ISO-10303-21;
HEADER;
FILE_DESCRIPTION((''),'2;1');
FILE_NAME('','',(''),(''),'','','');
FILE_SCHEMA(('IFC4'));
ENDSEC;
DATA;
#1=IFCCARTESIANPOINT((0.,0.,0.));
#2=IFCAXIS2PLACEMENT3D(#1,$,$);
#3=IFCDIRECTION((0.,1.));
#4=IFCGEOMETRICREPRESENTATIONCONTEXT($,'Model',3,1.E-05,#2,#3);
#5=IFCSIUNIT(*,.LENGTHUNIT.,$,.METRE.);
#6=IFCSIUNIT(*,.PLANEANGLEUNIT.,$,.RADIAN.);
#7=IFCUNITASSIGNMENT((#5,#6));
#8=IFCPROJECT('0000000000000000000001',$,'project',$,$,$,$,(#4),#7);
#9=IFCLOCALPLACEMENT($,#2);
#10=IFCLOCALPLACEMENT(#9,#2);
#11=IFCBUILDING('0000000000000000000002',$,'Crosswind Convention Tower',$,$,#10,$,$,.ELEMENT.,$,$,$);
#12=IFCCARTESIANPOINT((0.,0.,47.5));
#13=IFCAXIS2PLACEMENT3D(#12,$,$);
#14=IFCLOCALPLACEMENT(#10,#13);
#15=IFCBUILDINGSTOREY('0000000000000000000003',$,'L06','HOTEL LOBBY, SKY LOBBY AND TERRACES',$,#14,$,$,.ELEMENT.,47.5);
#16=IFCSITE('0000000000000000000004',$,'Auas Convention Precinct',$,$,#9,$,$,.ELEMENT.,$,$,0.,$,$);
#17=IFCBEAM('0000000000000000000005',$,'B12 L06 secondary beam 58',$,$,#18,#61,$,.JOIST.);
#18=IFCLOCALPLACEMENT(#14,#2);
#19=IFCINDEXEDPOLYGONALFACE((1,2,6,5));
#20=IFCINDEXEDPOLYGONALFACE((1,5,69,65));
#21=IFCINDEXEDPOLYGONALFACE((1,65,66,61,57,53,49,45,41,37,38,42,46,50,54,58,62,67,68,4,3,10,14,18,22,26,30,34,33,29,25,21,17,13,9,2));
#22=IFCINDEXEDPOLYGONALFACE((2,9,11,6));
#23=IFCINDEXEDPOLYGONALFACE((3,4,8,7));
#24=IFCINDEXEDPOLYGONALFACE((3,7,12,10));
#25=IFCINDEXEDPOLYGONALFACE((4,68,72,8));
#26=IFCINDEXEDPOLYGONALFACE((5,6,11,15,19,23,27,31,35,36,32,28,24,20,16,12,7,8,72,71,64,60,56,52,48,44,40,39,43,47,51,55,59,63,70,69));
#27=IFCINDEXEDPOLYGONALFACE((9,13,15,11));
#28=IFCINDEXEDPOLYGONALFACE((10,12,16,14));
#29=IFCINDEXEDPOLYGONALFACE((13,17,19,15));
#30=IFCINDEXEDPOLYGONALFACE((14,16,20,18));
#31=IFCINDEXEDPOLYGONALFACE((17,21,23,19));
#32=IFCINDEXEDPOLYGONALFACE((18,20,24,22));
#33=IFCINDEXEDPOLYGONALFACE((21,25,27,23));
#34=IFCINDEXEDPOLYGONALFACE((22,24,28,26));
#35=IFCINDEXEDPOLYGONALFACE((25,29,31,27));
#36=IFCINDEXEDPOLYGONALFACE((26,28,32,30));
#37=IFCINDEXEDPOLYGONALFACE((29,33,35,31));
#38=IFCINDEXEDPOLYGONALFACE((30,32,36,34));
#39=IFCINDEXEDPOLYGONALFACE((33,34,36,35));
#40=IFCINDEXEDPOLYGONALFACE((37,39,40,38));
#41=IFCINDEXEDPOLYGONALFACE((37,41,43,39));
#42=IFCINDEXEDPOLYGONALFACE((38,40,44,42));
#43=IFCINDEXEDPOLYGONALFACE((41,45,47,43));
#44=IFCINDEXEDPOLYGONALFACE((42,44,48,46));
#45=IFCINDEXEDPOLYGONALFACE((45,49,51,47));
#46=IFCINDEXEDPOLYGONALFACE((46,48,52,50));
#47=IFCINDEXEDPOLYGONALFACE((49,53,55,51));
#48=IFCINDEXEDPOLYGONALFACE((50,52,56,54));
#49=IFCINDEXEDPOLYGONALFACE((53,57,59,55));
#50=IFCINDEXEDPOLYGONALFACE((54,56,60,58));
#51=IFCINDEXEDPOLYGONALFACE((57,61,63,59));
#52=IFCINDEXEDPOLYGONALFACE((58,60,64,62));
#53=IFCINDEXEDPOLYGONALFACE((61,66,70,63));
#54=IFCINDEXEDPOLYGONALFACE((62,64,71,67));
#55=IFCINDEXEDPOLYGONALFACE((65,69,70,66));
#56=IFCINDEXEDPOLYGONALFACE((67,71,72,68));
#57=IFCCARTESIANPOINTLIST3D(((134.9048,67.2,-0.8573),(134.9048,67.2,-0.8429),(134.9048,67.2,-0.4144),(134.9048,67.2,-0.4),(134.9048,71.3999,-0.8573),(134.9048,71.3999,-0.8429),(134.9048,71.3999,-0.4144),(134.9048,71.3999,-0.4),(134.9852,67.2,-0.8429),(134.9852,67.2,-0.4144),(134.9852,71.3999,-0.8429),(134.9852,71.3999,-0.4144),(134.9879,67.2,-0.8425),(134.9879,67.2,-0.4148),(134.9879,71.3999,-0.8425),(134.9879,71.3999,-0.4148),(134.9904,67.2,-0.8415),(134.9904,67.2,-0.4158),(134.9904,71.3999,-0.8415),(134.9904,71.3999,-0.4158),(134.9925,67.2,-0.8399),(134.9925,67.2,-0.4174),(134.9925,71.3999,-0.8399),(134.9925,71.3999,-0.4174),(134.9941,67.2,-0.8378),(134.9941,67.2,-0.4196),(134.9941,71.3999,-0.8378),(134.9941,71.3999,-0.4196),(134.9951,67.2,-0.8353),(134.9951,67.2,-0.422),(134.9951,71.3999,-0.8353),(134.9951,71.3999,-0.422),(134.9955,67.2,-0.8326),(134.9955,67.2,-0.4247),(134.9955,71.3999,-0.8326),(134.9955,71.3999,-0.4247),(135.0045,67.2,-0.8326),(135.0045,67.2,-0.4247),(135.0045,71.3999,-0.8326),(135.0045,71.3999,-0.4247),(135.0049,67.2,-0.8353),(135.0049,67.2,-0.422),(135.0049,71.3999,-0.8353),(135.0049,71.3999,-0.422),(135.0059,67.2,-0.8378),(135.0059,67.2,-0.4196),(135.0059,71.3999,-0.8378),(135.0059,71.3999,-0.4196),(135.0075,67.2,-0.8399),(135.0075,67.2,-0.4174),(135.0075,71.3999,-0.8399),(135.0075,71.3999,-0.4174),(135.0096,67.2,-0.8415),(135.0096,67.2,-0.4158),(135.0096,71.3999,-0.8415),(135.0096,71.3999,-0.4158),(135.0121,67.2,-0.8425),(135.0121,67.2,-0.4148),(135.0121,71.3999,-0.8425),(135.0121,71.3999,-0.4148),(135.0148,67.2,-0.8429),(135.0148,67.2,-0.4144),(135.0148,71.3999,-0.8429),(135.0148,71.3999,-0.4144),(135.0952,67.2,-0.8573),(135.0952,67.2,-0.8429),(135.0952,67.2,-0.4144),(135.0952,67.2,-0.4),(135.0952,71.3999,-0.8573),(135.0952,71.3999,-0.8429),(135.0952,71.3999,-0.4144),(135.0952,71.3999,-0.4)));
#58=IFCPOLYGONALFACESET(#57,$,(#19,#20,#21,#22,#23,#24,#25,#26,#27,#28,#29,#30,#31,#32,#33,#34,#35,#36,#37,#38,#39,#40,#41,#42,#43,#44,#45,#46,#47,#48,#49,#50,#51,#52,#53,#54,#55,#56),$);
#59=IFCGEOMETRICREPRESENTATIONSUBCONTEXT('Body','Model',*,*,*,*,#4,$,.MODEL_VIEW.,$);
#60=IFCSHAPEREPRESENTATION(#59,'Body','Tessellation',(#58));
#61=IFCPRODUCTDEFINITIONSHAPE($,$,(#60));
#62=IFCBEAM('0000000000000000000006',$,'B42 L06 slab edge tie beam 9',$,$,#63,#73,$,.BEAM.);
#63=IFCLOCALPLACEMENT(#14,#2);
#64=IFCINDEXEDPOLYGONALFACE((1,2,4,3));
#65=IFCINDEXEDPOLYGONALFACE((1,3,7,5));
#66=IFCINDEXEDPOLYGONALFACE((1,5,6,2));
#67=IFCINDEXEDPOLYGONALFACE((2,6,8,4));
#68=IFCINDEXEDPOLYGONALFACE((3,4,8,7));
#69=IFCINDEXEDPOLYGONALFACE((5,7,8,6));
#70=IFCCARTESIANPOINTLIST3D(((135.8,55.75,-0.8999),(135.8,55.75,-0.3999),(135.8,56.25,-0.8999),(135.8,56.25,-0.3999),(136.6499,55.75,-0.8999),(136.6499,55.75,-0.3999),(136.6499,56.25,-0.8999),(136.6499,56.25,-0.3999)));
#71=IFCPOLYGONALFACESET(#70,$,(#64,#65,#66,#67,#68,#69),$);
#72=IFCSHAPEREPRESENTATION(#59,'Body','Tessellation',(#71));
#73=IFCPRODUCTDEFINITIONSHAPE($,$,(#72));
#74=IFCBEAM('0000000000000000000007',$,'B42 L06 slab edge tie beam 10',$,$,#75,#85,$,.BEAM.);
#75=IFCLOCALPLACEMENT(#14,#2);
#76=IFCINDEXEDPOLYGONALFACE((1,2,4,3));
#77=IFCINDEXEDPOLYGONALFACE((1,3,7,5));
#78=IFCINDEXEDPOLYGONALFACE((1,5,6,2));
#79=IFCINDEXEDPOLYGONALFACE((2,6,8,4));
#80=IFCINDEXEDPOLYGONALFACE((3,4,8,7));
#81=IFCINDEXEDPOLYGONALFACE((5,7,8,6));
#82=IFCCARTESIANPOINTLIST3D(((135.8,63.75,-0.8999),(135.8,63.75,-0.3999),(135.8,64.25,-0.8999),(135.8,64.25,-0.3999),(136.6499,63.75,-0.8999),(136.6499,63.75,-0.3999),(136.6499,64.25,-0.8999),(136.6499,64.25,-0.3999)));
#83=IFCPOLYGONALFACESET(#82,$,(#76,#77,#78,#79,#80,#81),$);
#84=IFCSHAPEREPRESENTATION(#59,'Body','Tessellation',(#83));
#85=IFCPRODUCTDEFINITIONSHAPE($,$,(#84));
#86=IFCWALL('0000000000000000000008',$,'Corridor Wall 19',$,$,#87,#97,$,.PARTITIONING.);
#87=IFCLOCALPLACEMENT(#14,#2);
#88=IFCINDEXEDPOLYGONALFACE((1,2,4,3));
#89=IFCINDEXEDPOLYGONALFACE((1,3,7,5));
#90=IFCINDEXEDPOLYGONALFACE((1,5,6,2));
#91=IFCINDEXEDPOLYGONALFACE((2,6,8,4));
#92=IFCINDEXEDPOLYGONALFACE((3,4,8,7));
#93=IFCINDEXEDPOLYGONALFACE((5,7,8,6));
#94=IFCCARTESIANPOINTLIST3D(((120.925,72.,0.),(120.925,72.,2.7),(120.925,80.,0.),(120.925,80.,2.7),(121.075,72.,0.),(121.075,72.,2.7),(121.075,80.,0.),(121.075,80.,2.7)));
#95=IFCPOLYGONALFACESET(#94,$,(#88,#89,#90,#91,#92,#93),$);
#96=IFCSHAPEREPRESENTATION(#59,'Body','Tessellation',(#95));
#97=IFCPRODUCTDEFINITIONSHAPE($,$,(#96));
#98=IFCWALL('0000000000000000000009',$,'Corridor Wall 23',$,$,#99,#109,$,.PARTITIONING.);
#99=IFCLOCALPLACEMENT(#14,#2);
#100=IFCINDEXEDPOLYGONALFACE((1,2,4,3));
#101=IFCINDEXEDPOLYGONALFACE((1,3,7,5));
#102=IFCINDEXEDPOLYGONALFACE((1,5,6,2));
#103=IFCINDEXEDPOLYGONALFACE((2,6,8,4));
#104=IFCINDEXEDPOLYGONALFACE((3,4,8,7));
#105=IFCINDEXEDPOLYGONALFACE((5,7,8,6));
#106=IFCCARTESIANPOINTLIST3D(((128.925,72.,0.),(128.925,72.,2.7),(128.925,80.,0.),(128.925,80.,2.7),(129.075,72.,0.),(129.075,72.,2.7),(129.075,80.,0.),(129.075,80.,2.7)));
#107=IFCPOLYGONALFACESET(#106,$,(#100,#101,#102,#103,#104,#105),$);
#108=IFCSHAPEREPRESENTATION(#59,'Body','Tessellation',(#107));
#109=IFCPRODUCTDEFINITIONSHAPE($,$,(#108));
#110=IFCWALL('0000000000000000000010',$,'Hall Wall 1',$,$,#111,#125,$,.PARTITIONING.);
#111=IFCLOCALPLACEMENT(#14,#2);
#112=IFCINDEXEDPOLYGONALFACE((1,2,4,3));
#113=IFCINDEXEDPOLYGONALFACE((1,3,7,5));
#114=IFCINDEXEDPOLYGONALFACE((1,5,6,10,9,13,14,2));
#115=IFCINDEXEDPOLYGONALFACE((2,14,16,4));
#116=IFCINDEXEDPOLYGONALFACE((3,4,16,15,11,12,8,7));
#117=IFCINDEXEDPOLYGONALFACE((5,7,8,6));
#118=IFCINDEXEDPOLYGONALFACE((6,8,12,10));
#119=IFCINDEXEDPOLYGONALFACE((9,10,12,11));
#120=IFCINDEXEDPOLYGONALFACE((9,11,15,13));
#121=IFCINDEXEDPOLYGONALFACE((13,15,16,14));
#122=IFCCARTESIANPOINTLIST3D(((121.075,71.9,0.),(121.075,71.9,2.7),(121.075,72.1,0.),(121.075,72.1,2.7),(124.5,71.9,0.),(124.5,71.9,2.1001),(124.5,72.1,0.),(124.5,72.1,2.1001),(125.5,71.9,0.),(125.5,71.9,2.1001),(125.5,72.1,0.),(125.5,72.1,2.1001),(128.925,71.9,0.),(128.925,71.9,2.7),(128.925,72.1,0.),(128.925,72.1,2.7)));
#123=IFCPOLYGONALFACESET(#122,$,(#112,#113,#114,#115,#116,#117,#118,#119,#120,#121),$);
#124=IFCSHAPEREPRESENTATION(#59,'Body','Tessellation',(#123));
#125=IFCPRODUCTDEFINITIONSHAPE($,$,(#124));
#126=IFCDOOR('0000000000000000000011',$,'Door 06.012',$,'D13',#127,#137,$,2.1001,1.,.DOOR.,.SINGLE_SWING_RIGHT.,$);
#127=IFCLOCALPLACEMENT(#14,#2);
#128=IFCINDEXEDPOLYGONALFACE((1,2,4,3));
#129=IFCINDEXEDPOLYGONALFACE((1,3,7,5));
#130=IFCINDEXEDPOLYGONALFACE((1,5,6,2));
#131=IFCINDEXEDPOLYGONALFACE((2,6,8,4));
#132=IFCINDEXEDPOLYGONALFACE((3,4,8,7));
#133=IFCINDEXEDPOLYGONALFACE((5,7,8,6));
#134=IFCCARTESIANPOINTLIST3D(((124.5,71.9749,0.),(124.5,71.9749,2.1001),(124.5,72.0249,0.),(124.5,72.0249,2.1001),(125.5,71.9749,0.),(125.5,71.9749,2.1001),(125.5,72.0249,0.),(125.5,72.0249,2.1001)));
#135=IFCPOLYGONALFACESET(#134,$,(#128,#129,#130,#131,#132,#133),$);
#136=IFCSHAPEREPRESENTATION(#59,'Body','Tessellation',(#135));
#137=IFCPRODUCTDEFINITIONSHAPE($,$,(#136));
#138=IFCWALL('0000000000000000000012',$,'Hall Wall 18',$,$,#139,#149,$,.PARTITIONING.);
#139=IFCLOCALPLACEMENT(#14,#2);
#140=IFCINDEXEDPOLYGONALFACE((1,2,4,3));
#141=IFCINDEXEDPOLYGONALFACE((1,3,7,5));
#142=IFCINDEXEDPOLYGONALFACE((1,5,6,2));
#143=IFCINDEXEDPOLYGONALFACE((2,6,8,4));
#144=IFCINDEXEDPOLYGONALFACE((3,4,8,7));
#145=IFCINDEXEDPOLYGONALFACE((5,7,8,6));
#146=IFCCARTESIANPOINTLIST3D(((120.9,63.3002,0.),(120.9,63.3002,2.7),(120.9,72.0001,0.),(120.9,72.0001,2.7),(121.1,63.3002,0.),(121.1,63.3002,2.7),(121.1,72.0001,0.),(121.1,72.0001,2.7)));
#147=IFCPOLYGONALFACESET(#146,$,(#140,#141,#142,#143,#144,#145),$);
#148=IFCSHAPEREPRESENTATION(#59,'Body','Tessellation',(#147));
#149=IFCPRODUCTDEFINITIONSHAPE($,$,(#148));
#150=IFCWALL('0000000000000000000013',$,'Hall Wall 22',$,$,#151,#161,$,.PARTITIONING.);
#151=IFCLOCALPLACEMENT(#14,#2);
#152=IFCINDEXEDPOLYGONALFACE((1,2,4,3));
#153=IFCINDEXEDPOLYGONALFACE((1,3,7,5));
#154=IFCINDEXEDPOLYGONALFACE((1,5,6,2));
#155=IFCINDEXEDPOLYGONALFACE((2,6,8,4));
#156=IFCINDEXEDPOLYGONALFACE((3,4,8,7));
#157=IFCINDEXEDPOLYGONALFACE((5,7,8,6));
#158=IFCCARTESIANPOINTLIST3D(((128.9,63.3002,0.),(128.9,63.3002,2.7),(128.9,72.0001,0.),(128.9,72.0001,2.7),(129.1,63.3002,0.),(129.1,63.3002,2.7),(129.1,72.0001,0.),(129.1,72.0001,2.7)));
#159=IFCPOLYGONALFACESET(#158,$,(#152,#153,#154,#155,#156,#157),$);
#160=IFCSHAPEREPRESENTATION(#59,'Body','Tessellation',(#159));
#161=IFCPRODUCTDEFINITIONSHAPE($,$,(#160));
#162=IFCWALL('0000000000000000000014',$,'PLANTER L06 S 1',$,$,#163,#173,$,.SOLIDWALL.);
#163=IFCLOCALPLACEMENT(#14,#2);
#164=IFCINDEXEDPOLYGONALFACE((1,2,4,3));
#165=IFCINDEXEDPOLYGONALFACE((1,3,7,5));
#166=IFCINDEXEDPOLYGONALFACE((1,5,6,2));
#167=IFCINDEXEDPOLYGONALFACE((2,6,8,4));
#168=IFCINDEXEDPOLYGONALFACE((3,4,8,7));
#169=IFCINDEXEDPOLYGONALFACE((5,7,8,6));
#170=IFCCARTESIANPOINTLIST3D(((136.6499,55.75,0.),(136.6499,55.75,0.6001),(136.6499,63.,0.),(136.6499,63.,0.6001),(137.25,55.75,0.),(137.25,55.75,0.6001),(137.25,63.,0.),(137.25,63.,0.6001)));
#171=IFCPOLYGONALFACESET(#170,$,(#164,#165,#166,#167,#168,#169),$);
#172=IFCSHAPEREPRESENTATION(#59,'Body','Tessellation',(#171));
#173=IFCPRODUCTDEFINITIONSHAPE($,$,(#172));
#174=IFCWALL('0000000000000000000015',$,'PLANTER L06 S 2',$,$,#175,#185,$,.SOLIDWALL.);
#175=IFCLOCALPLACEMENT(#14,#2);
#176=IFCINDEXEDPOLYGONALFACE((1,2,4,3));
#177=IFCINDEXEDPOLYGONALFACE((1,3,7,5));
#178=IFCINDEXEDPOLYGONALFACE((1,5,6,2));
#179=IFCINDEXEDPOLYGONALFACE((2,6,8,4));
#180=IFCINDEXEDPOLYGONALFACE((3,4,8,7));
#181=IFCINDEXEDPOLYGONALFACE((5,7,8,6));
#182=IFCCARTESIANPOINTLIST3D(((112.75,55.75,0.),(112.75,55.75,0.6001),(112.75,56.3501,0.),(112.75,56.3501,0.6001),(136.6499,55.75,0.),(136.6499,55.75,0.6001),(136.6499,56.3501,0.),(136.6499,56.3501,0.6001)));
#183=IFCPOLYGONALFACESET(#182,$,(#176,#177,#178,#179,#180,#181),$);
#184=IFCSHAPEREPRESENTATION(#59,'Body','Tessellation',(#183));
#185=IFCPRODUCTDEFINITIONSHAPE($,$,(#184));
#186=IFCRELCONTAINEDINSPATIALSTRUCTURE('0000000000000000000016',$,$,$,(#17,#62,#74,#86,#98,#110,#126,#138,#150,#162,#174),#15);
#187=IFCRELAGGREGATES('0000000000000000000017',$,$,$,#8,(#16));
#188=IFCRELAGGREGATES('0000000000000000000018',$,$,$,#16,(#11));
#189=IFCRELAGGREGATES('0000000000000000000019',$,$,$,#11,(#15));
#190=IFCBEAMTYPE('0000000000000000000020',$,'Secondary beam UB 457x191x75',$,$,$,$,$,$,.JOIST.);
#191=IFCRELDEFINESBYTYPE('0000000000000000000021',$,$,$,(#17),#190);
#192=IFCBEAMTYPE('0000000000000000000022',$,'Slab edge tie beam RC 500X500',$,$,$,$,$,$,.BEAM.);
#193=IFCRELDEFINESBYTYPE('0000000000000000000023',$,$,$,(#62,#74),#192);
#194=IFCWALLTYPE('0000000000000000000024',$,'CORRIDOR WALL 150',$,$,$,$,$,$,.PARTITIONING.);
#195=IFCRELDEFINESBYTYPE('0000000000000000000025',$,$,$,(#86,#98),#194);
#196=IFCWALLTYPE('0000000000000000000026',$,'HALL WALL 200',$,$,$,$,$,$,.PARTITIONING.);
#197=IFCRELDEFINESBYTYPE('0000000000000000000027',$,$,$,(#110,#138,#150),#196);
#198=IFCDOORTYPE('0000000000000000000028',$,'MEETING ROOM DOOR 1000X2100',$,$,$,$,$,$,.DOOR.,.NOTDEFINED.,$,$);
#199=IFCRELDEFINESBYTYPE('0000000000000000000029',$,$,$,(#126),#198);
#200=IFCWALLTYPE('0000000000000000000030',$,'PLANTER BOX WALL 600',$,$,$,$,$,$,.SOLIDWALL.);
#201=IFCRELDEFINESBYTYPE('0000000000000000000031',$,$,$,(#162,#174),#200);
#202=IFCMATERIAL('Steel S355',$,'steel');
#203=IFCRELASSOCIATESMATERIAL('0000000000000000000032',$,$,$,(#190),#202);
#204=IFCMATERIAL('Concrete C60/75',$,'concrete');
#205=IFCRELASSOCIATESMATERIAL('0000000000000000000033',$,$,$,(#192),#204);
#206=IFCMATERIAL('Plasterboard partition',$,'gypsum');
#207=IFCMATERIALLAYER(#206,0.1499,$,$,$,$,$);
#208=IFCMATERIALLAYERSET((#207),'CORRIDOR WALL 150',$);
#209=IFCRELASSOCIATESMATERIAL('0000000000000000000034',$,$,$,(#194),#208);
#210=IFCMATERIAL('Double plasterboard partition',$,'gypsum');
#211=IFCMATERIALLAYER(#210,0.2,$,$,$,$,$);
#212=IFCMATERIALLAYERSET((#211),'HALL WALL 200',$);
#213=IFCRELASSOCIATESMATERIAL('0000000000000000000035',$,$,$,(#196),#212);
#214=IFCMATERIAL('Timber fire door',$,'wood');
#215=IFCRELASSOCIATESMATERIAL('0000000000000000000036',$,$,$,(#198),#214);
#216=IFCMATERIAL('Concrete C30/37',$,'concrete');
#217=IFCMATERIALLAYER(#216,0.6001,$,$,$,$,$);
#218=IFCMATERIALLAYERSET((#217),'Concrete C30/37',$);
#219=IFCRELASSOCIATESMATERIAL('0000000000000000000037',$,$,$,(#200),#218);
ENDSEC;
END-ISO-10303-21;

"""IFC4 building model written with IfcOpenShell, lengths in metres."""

from ifc_helpers import new_model, si_unit, direction, frame, frame_2d, origin, origin_2d, place, context, subcontext, project, spatial, rectangle, i_section, extrude, material, layer, layer_set, material_profile, profile_set, type_object, element, fill, save


model = new_model("IFC4")

# Units and contexts
model_context = context("Model", 3, precision=1e-05, world=origin(), true_north=direction((0.0, 1.0)))
body_context = subcontext(model_context, "Body", "Model", "MODEL_VIEW")
ifc_project = project(units=[si_unit("LENGTHUNIT", "METRE"), si_unit("PLANEANGLEUNIT", "RADIAN")], contexts=[model_context])

# Site, building, storey
site_placement = place(None, origin())
site = spatial("IfcSite", under=ifc_project, at=site_placement, Name="Auas Convention Precinct", CompositionType="ELEMENT", RefElevation=0.0)
building_placement = place(site_placement, origin())
building = spatial("IfcBuilding", under=site, at=building_placement, Name="Crosswind Convention Tower", CompositionType="ELEMENT")
storey_placement = place(building_placement, frame((0.0, 0.0, 47.5)))
storey = spatial("IfcBuildingStorey", under=building, at=storey_placement, Name="L06", Description="HOTEL LOBBY, SKY LOBBY AND TERRACES", CompositionType="ELEMENT", Elevation=47.5)

# Shared definitions
ifc_material_1 = material(Name="Concrete C60/75", Category="concrete")

# Beams
ifc_material_2 = material(Name="Steel S355", Category="steel")
ifc_material_profile_1 = material_profile(ifc_material_2, i_section(OverallWidth=0.1904, OverallDepth=0.4573, WebThickness=0.009, FlangeThickness=0.0144, FilletRadius=0.0103, at=origin_2d()), Name="UB 457x191x75")
ifc_profile_set_1 = profile_set([ifc_material_profile_1], Name="Steel S355")
beam_type_1 = type_object("IfcBeamType", Name="Secondary beam UB 457x191x75", PredefinedType="JOIST", material=ifc_profile_set_1)
beam_1_placement = place(storey_placement, frame((135.0, 67.2, -0.6287), z_axis=(0.0, 1.0, 0.0), x_axis=(-1.0, 0.0, 0.0)))
element("IfcBeam", 1, at=beam_1_placement, inside=storey, type_object=beam_type_1, Name="B12 L06 secondary beam 58", PredefinedType="JOIST", context=body_context, shape_type="SweptSolid", body=[
    extrude(i_section(OverallWidth=0.1904, OverallDepth=0.4573, WebThickness=0.009, FlangeThickness=0.0144, FilletRadius=0.0103, at=origin_2d()), origin(), (0.0, 0.0, 1.0), 4.2),
])
ifc_material_profile_2 = material_profile(ifc_material_1, rectangle(XDim=0.5, YDim=0.5, at=origin_2d()), Name="RC 500X500")
ifc_profile_set_2 = profile_set([ifc_material_profile_2], Name="Concrete C60/75")
beam_type_2 = type_object("IfcBeamType", Name="Slab edge tie beam RC 500X500", PredefinedType="BEAM", material=ifc_profile_set_2)
for number, where, z_axis, x_axis, name in (
    (2, (135.8, 56.0, -0.6499), (1.0, 0.0, 0.0), (0.0, 1.0, 0.0), "B42 L06 slab edge tie beam 9"),
    (3, (135.8, 64.0, -0.6499), (1.0, 0.0, 0.0), (0.0, 1.0, 0.0), "B42 L06 slab edge tie beam 10"),
):
    element("IfcBeam", number, at=place(storey_placement, frame(where, z_axis=z_axis, x_axis=x_axis)), inside=storey, type_object=beam_type_2, Name=name, PredefinedType="BEAM", context=body_context, shape_type="SweptSolid", body=[
        extrude(rectangle(XDim=0.5, YDim=0.5, at=origin_2d()), origin(), (0.0, 0.0, 1.0), 0.8499),
    ])

# Walls
ifc_material_3 = material(Name="Plasterboard partition", Category="gypsum")
ifc_layer_1 = layer(ifc_material_3, 0.1499)
ifc_layer_set_1 = layer_set([ifc_layer_1], Name="CORRIDOR WALL 150")
wall_type_1 = type_object("IfcWallType", Name="CORRIDOR WALL 150", PredefinedType="PARTITIONING", material=ifc_layer_set_1)
for number, where, z_axis, x_axis, name in (
    (4, (121.0, 72.0, 0.0), (0.0, 0.0, 1.0), (0.0, 1.0, 0.0), "Corridor Wall 19"),
    (5, (129.0, 72.0, 0.0), (0.0, 0.0, 1.0), (0.0, 1.0, 0.0), "Corridor Wall 23"),
):
    element("IfcWall", number, at=place(storey_placement, frame(where, z_axis=z_axis, x_axis=x_axis)), inside=storey, type_object=wall_type_1, Name=name, PredefinedType="PARTITIONING", context=body_context, shape_type="SweptSolid", body=[
        extrude(rectangle(XDim=8.0, YDim=0.1499, at=frame_2d((4.0, 0.0))), origin(), (0.0, 0.0, 1.0), 2.7),
    ])

# Wall, opening, door
ifc_material_4 = material(Name="Double plasterboard partition", Category="gypsum")
ifc_layer_2 = layer(ifc_material_4, 0.2)
ifc_layer_set_2 = layer_set([ifc_layer_2], Name="HALL WALL 200")
wall_type_2 = type_object("IfcWallType", Name="HALL WALL 200", PredefinedType="PARTITIONING", material=ifc_layer_set_2)
wall_1_placement = place(storey_placement, frame((121.075, 72.0, 0.0), z_axis=(0.0, 0.0, 1.0), x_axis=(1.0, 0.0, 0.0)))
wall_1 = element("IfcWall", 6, at=wall_1_placement, inside=storey, type_object=wall_type_2, Name="Hall Wall 1", PredefinedType="PARTITIONING", context=body_context, shape_type="SweptSolid", body=[
    extrude(rectangle(XDim=7.8501, YDim=0.2, at=frame_2d((3.925, 0.0))), origin(), (0.0, 0.0, 1.0), 2.7),
])
opening_1_placement = place(wall_1_placement, frame((3.425, 0.0, 0.0)))
opening_1 = element("IfcOpeningElement", 7, at=opening_1_placement, cuts=wall_1, PredefinedType="OPENING", context=body_context, shape_type="SweptSolid", body=[
    extrude(rectangle(XDim=1.0, YDim=2.1001, at=frame_2d((0.5, 1.05))), frame((0.0, 0.1099, 0.0), z_axis=(0.0, -1.0, 0.0), x_axis=(1.0, 0.0, 0.0)), (0.0, 0.0, 1.0), 0.22),
])
ifc_material_5 = material(Name="Timber fire door", Category="wood")
door_type_1 = type_object("IfcDoorType", Name="MEETING ROOM DOOR 1000X2100", OperationType="NOTDEFINED", PredefinedType="DOOR", material=ifc_material_5)
door_1_placement = place(opening_1_placement, origin())
door_1 = element("IfcDoor", 8, at=door_1_placement, inside=storey, type_object=door_type_1, Name="Door 06.012", ObjectType="D13", OperationType="SINGLE_SWING_RIGHT", OverallHeight=2.1001, OverallWidth=1.0, PredefinedType="DOOR", context=body_context, shape_type="SweptSolid", body=[
    extrude(rectangle(XDim=1.0, YDim=2.1001, at=frame_2d((0.5, 1.05))), frame((0.0, 0.0249, 0.0), z_axis=(0.0, -1.0, 0.0), x_axis=(1.0, 0.0, 0.0)), (0.0, 0.0, 1.0), 0.05),
])
fill(opening_1, door_1)

# Walls
for number, where, z_axis, x_axis, name in (
    (9, (121.0, 63.3, 0.0), (0.0, 0.0, 1.0), (0.0, 1.0, 0.0), "Hall Wall 18"),
    (10, (129.0, 63.3, 0.0), (0.0, 0.0, 1.0), (0.0, 1.0, 0.0), "Hall Wall 22"),
):
    element("IfcWall", number, at=place(storey_placement, frame(where, z_axis=z_axis, x_axis=x_axis)), inside=storey, type_object=wall_type_2, Name=name, PredefinedType="PARTITIONING", context=body_context, shape_type="SweptSolid", body=[
        extrude(rectangle(XDim=8.7, YDim=0.2, at=frame_2d((4.3501, 0.0))), origin(), (0.0, 0.0, 1.0), 2.7),
    ])
ifc_material_6 = material(Name="Concrete C30/37", Category="concrete")
ifc_layer_3 = layer(ifc_material_6, 0.6001)
ifc_layer_set_3 = layer_set([ifc_layer_3], Name="Concrete C30/37")
wall_type_3 = type_object("IfcWallType", Name="PLANTER BOX WALL 600", PredefinedType="SOLIDWALL", material=ifc_layer_set_3)
wall_2_placement = place(storey_placement, frame((136.95, 63.0, 0.0), z_axis=(0.0, 0.0, 1.0), x_axis=(0.0, -1.0, 0.0)))
element("IfcWall", 11, at=wall_2_placement, inside=storey, type_object=wall_type_3, Name="PLANTER L06 S 1", PredefinedType="SOLIDWALL", context=body_context, shape_type="SweptSolid", body=[
    extrude(rectangle(XDim=7.25, YDim=0.6001, at=frame_2d((3.625, 0.0))), origin(), (0.0, 0.0, 1.0), 0.6001),
])
wall_3_placement = place(storey_placement, frame((136.6499, 56.05, 0.0), z_axis=(0.0, 0.0, 1.0), x_axis=(-1.0, 0.0, 0.0)))
element("IfcWall", 12, at=wall_3_placement, inside=storey, type_object=wall_type_3, Name="PLANTER L06 S 2", PredefinedType="SOLIDWALL", context=body_context, shape_type="SweptSolid", body=[
    extrude(rectangle(XDim=23.8999, YDim=0.6001, at=frame_2d((11.95, 0.0))), origin(), (0.0, 0.0, 1.0), 0.6001),
])

save(model, "model.ifc")
